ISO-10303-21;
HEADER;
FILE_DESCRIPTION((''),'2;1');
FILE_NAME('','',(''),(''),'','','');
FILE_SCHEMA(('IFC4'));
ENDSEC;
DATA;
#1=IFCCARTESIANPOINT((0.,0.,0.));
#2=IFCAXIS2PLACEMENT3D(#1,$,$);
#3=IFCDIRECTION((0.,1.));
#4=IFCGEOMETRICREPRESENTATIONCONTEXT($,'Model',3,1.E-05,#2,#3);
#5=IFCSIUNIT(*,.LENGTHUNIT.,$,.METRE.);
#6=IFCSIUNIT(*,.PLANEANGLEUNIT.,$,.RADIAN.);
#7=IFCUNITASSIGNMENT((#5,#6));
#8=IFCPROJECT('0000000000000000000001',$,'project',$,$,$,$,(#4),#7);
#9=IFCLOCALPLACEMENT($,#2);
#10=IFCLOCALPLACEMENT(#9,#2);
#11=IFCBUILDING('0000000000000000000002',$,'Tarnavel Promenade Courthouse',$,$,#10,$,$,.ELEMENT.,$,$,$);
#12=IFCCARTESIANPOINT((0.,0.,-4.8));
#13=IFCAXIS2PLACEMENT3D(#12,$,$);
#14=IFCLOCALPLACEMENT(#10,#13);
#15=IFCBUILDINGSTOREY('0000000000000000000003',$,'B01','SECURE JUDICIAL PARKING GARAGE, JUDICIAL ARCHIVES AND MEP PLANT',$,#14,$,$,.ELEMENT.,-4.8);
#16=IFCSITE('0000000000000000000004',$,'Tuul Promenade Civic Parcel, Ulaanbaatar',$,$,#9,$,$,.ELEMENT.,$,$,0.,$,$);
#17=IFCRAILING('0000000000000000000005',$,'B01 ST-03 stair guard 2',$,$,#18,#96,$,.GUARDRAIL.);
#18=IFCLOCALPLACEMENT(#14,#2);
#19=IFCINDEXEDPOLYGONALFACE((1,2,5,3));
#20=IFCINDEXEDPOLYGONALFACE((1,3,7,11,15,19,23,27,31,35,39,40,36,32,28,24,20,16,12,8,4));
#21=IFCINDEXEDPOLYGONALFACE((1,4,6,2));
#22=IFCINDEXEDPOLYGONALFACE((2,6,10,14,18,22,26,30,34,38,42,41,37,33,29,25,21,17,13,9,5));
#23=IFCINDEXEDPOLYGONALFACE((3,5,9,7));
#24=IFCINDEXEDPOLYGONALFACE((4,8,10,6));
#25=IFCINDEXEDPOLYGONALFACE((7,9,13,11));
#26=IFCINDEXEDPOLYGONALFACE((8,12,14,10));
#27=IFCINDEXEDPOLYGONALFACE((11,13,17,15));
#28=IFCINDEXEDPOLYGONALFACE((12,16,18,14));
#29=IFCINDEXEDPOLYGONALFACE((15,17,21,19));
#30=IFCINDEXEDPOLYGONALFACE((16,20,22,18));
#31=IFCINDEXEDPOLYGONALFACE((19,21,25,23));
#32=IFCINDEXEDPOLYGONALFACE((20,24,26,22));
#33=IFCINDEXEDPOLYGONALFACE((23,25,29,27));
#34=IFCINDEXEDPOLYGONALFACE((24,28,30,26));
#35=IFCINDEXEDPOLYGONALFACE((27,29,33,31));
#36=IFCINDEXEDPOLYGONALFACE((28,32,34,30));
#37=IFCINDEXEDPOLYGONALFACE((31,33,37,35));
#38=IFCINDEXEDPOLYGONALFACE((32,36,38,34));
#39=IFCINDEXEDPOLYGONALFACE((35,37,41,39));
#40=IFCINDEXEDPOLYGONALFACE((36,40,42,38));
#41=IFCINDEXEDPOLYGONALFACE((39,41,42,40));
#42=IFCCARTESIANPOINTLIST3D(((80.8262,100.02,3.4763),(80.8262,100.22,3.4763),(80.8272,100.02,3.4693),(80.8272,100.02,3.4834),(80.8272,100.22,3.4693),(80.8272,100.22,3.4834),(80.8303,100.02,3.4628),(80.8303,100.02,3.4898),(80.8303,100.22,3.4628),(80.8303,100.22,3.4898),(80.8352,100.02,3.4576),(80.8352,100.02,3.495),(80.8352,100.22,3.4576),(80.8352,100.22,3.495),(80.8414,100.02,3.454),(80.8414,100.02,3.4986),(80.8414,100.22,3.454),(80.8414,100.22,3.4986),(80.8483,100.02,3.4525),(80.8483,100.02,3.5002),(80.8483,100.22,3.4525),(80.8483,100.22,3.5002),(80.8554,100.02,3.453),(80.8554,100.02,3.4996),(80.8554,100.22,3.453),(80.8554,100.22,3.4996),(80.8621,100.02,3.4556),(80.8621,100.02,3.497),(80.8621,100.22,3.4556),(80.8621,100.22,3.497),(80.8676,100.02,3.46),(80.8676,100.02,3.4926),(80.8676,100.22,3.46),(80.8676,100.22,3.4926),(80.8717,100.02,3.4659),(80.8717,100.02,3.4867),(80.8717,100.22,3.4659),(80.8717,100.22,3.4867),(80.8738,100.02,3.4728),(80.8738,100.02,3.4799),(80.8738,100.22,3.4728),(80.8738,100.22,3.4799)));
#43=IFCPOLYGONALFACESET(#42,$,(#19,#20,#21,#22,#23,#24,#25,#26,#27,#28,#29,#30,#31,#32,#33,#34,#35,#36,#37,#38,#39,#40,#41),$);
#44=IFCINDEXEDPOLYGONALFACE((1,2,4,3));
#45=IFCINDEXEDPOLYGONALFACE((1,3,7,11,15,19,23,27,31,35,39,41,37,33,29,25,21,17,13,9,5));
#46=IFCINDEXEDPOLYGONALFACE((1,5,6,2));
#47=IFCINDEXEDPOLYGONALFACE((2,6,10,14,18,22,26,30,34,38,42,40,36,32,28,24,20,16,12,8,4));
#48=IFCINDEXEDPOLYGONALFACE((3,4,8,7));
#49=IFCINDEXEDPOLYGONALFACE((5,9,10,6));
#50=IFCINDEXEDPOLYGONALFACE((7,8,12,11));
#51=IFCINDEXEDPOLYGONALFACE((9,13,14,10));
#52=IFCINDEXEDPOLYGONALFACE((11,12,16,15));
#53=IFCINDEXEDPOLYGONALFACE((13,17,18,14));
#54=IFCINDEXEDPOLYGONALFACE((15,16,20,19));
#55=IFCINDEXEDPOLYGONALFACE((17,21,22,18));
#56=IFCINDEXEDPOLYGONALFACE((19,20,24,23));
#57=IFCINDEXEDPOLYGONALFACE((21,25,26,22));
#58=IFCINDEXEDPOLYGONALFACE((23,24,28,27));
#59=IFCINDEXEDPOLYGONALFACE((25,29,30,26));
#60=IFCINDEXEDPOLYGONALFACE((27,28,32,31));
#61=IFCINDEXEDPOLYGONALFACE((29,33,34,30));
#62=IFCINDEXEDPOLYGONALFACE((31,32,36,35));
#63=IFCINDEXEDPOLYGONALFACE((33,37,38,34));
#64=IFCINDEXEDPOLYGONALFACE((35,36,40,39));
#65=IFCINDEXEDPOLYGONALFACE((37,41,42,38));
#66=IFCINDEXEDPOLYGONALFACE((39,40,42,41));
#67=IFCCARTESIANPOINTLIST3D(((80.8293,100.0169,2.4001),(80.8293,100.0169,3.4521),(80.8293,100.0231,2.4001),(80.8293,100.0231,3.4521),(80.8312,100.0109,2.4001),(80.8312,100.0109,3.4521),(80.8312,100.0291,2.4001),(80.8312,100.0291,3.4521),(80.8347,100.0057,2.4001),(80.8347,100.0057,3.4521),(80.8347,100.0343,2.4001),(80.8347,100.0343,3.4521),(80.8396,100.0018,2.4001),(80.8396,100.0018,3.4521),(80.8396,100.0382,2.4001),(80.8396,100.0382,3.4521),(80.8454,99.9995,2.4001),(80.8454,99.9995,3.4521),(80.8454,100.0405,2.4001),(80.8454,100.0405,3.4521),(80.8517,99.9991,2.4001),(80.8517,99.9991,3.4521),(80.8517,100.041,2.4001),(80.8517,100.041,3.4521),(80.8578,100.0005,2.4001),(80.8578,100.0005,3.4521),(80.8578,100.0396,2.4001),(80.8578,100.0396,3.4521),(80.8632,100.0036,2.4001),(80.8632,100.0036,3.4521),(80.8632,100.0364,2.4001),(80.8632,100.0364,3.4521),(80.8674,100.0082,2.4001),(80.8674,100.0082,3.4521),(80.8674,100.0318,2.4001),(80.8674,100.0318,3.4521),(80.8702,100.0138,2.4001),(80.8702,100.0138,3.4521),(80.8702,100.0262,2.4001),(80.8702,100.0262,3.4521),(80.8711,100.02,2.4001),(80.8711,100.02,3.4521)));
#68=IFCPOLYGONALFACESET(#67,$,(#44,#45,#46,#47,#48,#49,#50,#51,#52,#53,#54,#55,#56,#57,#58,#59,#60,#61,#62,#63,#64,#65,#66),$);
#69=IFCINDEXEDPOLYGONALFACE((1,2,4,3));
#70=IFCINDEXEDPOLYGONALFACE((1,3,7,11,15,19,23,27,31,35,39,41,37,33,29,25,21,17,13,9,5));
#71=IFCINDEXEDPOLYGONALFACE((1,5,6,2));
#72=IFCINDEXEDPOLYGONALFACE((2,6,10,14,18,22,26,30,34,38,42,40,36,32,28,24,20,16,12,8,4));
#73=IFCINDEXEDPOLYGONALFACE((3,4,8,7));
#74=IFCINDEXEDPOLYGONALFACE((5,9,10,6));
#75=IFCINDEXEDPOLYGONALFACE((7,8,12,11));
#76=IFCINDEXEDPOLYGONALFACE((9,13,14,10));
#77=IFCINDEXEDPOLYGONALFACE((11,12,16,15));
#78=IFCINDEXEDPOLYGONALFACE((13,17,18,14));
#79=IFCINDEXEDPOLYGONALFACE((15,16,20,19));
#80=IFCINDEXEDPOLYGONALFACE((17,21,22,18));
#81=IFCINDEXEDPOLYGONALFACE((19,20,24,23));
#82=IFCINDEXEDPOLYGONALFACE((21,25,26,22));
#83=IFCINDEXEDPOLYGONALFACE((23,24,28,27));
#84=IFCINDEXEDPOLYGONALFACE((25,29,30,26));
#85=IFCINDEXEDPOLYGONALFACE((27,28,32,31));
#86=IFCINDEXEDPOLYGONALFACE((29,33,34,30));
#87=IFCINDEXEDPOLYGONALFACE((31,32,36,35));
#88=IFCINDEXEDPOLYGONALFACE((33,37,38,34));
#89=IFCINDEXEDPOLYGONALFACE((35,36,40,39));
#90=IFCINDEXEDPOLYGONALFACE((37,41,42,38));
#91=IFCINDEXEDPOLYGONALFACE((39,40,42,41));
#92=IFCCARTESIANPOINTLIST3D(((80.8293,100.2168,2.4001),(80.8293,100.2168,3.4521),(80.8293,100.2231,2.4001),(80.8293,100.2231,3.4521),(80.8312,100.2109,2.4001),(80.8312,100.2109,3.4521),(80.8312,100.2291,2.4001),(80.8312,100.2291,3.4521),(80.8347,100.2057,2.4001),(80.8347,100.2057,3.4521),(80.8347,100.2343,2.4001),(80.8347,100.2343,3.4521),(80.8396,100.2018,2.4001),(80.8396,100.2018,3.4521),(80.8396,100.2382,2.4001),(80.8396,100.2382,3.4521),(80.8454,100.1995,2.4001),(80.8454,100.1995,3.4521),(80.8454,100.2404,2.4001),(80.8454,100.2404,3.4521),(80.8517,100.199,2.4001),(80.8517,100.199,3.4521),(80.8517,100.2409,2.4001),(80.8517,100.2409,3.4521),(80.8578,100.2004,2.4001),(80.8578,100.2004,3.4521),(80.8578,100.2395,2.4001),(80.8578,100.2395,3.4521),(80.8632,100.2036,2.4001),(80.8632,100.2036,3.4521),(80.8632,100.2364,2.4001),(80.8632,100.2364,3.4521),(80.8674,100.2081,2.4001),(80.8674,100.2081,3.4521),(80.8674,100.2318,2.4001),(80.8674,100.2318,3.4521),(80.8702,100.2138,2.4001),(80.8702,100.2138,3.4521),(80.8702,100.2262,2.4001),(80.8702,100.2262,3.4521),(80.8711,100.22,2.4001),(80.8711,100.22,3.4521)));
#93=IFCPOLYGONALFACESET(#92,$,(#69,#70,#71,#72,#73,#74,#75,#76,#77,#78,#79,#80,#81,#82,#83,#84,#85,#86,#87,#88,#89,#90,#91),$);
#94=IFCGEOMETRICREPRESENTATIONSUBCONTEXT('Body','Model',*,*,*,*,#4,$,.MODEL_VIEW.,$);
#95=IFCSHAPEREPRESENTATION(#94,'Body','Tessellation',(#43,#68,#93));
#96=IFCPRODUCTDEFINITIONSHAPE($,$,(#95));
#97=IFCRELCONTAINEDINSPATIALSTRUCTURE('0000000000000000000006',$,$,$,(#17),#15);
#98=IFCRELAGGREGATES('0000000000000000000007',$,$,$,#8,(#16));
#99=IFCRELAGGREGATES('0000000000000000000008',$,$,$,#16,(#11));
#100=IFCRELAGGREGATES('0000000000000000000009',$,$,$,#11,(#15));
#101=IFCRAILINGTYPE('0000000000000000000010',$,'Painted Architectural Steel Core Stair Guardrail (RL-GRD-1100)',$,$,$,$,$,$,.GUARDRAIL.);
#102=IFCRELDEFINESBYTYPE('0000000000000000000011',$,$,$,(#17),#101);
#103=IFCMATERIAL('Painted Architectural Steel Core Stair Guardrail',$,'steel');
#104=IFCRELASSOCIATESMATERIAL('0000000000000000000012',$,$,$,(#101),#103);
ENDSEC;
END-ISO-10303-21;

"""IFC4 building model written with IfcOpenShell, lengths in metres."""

from ifc_helpers import new_model, si_unit, direction, frame, origin, origin_2d, place, context, subcontext, project, spatial, circle, extrude, material, type_object, element, save


model = new_model("IFC4")

# Units and contexts
model_context = context("Model", 3, precision=1e-05, world=origin(), true_north=direction((0.0, 1.0)))
body_context = subcontext(model_context, "Body", "Model", "MODEL_VIEW")
ifc_project = project(units=[si_unit("LENGTHUNIT", "METRE"), si_unit("PLANEANGLEUNIT", "RADIAN")], contexts=[model_context])

# Site, building, storey
site_placement = place(None, origin())
site = spatial("IfcSite", under=ifc_project, at=site_placement, Name="Tuul Promenade Civic Parcel, Ulaanbaatar", CompositionType="ELEMENT", RefElevation=0.0)
building_placement = place(site_placement, origin())
building = spatial("IfcBuilding", under=site, at=building_placement, Name="Tarnavel Promenade Courthouse", CompositionType="ELEMENT")
storey_placement = place(building_placement, frame((0.0, 0.0, -4.8)))
storey = spatial("IfcBuildingStorey", under=building, at=storey_placement, Name="B01", Description="SECURE JUDICIAL PARKING GARAGE, JUDICIAL ARCHIVES AND MEP PLANT", CompositionType="ELEMENT", Elevation=-4.8)

# Railing
ifc_material_1 = material(Name="Painted Architectural Steel Core Stair Guardrail", Category="steel")
railing_type_1 = type_object("IfcRailingType", Name="Painted Architectural Steel Core Stair Guardrail (RL-GRD-1100)", PredefinedType="GUARDRAIL", material=ifc_material_1)
railing_1_placement = place(storey_placement, frame((80.8501, 100.02, 2.4001)))
element("IfcRailing", 1, at=railing_1_placement, inside=storey, type_object=railing_type_1, Name="B01 ST-03 stair guard 2", PredefinedType="GUARDRAIL", context=body_context, shape_type="SweptSolid", body=[
    extrude(circle(Radius=0.0239, at=origin_2d()), frame((0.0, 0.0, 1.0762), z_axis=(0.0, 1.0, 0.0), x_axis=(-1.0, 0.0, 0.0)), (0.0, 0.0, 1.0), 0.2),
    extrude(circle(Radius=0.021, at=origin_2d()), origin(), (0.0, 0.0, 1.0), 1.052),
    extrude(circle(Radius=0.021, at=origin_2d()), frame((0.0, 0.2, 0.0)), (0.0, 0.0, 1.0), 1.052),
])

save(model, "model.ifc")
